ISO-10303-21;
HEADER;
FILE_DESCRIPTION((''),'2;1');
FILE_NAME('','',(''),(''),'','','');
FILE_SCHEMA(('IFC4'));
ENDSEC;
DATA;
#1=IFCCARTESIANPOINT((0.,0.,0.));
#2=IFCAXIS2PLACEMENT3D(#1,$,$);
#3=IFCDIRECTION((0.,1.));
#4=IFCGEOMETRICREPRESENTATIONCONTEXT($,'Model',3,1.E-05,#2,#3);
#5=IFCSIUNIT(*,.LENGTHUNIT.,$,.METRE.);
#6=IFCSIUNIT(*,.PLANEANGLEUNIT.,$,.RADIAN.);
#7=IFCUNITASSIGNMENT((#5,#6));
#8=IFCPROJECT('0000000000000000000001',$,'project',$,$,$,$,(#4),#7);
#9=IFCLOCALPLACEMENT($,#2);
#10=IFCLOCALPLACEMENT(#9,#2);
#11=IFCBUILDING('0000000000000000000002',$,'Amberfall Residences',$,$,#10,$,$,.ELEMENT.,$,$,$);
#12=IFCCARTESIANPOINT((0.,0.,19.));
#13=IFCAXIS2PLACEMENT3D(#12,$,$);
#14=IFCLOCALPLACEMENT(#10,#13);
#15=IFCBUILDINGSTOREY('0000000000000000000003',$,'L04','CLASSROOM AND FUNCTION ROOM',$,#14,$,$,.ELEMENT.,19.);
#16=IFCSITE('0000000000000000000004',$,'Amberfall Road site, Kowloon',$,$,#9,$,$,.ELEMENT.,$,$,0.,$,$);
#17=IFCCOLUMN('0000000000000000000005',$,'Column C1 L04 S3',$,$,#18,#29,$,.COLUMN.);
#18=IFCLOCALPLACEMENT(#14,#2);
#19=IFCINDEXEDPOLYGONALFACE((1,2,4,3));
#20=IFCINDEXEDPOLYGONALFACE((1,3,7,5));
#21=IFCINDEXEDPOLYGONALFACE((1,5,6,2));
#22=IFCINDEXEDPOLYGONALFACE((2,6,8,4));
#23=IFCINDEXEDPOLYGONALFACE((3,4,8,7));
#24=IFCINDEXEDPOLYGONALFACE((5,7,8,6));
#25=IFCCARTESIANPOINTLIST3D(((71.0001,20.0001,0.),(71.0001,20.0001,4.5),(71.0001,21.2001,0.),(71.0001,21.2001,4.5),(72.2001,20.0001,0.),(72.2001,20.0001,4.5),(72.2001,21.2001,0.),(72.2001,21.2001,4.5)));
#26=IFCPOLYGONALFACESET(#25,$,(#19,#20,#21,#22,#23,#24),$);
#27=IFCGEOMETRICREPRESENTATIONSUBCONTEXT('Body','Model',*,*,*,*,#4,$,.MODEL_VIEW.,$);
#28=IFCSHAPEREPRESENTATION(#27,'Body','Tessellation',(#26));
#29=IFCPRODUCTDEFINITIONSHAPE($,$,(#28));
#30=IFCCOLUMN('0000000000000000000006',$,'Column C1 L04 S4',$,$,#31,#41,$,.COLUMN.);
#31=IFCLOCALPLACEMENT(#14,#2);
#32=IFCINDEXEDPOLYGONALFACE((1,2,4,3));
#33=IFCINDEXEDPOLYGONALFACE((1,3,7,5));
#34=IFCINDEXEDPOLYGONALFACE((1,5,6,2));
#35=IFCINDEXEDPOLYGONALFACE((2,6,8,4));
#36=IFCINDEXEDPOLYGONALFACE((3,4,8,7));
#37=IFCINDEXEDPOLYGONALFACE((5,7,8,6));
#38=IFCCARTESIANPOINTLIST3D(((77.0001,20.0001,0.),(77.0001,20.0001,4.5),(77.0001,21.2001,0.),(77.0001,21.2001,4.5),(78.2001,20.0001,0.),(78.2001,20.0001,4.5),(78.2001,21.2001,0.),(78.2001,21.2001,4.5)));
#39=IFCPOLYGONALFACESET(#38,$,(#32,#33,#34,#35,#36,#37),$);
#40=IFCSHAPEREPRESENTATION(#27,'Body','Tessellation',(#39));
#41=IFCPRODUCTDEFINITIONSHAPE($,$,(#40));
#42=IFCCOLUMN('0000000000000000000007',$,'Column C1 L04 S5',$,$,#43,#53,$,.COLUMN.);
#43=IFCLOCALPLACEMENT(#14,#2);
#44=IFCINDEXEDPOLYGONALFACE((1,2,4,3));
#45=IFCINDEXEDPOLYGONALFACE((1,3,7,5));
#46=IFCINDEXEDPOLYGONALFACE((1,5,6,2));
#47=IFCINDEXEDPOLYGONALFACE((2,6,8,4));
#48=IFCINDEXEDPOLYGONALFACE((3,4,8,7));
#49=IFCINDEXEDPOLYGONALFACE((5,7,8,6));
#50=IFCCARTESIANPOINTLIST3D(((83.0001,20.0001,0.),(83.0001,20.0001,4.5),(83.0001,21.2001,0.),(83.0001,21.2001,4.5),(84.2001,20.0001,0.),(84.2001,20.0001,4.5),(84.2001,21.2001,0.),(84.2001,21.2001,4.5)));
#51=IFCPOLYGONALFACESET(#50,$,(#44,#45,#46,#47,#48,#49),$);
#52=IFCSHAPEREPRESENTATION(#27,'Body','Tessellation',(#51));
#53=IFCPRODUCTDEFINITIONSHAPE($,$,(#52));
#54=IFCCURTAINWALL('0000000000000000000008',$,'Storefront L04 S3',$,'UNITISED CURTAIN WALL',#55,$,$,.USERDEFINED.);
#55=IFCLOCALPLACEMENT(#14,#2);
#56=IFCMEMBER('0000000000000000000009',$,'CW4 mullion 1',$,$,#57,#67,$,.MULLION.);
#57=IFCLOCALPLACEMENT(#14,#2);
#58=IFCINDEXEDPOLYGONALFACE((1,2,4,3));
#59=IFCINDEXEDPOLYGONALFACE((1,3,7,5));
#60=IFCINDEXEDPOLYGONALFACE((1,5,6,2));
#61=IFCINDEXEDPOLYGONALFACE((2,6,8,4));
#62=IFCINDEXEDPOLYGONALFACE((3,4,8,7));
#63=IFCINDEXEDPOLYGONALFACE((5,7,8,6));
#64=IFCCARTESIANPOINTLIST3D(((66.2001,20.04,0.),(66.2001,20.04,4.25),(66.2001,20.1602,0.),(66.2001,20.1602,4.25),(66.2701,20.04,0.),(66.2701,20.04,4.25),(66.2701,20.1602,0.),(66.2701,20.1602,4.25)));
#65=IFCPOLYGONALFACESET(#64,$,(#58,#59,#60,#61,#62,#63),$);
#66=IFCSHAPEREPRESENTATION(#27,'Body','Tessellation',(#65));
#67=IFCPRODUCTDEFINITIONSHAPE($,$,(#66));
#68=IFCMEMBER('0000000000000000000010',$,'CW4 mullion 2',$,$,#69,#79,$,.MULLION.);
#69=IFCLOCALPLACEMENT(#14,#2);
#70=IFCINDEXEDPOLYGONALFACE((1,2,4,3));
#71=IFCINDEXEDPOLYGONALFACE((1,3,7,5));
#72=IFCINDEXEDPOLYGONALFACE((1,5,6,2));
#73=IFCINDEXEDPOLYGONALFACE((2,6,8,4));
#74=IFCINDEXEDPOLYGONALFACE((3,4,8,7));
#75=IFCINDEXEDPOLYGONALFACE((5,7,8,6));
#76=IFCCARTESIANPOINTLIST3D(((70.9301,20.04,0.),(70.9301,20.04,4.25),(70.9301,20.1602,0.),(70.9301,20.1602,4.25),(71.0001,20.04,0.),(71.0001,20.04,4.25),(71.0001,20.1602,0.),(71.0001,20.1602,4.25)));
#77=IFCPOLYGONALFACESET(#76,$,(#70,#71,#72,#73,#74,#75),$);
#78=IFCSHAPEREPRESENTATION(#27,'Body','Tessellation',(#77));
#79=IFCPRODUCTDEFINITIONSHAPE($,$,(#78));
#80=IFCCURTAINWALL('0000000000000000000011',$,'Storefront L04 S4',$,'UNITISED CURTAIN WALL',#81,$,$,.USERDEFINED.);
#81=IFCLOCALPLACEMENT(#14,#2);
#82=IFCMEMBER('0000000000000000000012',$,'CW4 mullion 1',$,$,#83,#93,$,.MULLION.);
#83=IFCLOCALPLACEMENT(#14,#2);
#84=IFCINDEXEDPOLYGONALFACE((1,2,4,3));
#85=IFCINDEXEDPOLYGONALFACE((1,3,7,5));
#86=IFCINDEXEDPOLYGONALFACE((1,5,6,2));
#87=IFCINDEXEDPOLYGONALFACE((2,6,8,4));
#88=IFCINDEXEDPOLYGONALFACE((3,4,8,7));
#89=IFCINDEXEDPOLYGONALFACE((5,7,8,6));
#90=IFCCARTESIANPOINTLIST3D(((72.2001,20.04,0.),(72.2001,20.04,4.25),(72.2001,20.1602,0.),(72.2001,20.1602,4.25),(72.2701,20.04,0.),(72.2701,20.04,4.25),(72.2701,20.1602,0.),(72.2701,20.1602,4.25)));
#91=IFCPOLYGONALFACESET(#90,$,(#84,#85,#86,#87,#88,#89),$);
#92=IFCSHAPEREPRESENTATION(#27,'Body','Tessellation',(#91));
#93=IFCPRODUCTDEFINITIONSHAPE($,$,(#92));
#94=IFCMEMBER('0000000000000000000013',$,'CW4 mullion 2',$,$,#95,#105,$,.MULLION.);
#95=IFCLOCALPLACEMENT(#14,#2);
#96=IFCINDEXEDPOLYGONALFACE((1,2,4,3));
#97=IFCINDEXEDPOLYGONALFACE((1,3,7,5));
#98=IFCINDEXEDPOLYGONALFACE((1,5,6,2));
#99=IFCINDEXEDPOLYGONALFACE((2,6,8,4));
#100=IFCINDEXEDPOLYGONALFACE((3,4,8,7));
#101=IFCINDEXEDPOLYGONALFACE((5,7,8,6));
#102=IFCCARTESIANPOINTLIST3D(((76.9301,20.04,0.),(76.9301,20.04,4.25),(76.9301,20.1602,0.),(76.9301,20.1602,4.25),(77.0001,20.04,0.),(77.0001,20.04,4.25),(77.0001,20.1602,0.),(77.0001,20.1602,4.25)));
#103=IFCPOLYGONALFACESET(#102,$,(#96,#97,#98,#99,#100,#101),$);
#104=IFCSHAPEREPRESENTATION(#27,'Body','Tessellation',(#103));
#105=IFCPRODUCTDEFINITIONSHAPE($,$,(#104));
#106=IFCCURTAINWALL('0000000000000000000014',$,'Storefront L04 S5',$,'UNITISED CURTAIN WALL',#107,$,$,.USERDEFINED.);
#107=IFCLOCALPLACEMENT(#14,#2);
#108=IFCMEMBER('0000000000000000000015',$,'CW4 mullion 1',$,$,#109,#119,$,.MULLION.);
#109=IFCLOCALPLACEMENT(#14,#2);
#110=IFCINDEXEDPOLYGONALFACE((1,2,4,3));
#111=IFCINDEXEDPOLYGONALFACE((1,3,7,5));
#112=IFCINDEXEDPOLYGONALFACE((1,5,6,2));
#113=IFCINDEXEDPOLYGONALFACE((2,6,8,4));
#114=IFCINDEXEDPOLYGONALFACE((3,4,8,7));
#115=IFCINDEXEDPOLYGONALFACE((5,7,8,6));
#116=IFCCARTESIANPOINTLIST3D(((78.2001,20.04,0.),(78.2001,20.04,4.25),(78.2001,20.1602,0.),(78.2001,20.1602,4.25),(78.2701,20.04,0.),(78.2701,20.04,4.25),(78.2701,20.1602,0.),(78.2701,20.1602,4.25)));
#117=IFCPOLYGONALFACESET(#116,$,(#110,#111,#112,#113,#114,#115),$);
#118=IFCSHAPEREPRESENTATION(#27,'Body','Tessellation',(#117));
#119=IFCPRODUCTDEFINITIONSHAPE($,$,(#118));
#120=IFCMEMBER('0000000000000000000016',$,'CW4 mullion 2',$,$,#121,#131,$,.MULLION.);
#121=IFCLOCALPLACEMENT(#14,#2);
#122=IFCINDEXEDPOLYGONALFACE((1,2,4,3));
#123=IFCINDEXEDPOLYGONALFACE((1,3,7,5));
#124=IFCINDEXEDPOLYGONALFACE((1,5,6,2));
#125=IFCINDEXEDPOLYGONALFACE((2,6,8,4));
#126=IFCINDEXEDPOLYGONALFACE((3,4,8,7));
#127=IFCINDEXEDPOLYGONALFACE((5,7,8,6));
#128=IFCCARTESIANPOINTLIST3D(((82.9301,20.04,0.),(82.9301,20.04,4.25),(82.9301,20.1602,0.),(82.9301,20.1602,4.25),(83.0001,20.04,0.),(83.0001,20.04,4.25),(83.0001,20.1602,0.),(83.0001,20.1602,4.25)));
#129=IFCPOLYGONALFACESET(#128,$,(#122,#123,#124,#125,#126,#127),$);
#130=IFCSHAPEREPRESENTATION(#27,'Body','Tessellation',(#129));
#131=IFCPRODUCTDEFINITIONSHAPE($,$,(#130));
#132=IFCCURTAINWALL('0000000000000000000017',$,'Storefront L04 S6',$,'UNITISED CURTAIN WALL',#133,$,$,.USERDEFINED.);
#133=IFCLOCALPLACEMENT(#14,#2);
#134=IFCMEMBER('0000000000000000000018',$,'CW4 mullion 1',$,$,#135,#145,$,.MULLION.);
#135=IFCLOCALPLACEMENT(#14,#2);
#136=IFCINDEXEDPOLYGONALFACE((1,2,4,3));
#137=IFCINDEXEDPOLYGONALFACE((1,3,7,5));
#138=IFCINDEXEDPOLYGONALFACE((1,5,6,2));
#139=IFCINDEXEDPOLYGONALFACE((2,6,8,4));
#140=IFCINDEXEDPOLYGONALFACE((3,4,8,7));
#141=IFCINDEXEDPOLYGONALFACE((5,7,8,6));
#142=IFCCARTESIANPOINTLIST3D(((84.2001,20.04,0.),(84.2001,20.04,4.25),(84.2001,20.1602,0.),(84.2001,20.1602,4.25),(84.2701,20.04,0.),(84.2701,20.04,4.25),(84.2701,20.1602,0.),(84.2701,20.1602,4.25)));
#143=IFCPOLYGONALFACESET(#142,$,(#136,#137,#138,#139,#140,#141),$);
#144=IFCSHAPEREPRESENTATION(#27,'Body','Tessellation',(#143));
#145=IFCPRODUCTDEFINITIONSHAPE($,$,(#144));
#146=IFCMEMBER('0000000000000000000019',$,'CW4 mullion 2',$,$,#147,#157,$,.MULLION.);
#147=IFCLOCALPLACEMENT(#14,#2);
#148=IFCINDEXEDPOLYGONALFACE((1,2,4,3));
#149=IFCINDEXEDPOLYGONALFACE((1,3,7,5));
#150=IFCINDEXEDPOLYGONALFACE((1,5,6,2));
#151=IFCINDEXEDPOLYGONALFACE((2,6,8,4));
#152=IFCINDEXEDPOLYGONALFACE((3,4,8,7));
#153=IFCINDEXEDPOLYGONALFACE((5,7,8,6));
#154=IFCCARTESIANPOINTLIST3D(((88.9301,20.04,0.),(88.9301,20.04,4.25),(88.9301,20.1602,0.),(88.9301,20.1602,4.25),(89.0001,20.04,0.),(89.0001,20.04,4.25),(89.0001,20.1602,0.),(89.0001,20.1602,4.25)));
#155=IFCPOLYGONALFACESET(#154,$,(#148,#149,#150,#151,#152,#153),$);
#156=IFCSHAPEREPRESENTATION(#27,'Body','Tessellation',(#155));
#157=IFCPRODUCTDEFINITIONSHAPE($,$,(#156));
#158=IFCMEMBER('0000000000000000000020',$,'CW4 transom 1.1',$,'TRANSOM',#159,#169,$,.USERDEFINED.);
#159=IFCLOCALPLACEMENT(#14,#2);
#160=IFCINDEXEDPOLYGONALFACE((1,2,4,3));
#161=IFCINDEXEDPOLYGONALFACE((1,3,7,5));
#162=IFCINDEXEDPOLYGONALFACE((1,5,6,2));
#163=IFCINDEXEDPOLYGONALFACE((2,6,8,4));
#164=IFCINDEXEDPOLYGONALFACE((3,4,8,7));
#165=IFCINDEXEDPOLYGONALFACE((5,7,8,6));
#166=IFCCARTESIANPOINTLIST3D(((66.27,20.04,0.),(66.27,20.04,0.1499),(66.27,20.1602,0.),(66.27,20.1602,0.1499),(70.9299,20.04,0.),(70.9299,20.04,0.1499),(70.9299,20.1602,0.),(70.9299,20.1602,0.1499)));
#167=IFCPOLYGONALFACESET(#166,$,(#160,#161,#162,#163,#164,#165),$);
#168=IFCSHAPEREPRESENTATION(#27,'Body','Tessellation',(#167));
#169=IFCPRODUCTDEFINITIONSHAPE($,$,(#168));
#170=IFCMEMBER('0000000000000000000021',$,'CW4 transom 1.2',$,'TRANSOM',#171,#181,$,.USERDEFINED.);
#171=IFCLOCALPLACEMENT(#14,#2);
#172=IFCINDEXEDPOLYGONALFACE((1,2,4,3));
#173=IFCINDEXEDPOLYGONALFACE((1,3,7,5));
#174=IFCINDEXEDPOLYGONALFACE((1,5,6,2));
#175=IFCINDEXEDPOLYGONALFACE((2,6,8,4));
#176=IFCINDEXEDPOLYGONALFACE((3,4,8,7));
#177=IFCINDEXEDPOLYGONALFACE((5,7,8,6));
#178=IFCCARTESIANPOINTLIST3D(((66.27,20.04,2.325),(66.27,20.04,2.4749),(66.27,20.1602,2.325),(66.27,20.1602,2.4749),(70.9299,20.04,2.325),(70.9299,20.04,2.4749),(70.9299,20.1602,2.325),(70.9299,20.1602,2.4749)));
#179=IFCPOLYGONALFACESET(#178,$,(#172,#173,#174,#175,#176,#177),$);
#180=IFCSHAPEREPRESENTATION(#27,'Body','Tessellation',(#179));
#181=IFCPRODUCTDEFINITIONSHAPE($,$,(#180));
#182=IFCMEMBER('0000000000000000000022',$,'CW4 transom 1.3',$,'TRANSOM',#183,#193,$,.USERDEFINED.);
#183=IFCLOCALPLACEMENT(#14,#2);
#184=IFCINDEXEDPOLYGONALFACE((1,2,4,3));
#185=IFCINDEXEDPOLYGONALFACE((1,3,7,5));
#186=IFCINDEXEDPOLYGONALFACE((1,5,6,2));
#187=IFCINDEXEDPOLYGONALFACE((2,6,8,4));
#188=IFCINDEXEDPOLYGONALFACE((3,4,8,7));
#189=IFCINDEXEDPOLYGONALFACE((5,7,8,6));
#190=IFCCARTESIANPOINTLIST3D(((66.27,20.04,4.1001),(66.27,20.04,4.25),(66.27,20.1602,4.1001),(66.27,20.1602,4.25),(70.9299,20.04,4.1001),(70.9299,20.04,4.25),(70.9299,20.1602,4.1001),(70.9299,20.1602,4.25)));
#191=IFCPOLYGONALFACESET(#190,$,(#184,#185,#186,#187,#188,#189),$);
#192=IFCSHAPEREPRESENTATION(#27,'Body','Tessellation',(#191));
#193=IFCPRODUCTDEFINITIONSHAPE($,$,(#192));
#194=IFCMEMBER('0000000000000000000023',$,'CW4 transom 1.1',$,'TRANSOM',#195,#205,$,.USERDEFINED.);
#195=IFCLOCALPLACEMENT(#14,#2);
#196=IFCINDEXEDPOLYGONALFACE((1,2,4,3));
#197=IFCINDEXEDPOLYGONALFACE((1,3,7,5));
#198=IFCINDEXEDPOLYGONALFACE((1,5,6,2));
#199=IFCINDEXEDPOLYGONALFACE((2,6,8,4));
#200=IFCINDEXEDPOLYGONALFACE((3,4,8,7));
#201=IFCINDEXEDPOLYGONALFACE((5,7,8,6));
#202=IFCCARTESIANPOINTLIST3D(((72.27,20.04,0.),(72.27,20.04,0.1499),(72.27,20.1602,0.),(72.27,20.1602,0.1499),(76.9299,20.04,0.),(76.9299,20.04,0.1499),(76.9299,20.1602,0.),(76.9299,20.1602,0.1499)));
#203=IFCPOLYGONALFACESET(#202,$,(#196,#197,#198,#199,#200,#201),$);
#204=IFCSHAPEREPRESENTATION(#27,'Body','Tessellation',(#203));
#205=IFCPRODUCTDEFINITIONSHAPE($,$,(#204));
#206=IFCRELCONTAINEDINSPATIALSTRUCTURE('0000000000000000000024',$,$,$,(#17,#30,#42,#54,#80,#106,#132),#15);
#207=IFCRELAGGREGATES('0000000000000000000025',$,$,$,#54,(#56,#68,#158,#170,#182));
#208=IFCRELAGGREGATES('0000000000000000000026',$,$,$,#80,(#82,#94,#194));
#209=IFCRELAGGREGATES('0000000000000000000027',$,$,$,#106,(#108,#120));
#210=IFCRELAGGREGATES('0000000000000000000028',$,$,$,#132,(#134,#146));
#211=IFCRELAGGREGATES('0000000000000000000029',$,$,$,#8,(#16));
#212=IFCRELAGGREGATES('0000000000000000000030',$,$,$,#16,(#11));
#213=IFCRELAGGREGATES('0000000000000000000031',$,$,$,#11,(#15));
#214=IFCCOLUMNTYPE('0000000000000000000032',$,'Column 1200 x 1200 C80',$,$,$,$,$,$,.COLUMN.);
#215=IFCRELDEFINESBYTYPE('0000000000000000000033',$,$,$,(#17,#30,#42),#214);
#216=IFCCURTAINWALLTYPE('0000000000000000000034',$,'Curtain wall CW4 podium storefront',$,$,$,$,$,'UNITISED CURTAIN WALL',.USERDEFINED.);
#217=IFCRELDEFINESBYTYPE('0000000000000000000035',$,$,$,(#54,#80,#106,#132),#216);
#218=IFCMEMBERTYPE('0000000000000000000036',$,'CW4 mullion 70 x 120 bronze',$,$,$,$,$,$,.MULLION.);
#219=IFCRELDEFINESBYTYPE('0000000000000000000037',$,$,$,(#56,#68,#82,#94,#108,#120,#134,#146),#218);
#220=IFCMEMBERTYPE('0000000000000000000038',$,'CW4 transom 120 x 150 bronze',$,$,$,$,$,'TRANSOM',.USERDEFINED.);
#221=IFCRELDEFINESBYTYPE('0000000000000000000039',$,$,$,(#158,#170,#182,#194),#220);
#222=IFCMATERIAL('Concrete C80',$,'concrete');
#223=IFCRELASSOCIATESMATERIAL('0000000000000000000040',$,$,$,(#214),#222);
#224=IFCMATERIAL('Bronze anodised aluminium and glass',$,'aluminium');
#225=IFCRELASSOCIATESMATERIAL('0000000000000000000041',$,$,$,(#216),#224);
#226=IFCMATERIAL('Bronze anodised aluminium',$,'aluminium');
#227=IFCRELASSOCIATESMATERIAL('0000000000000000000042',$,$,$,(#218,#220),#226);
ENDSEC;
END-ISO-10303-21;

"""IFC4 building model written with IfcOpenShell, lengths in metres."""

from ifc_helpers import new_model, si_unit, direction, frame, origin, origin_2d, place, context, subcontext, project, spatial, rectangle, extrude, material, material_profile, profile_set, type_object, element, aggregate, save


model = new_model("IFC4")

# Units and contexts
model_context = context("Model", 3, precision=1e-05, world=origin(), true_north=direction((0.0, 1.0)))
body_context = subcontext(model_context, "Body", "Model", "MODEL_VIEW")
ifc_project = project(units=[si_unit("LENGTHUNIT", "METRE"), si_unit("PLANEANGLEUNIT", "RADIAN")], contexts=[model_context])

# Site, building, storey
site_placement = place(None, origin())
site = spatial("IfcSite", under=ifc_project, at=site_placement, Name="Amberfall Road site, Kowloon", CompositionType="ELEMENT", RefElevation=0.0)
building_placement = place(site_placement, origin())
building = spatial("IfcBuilding", under=site, at=building_placement, Name="Amberfall Residences", CompositionType="ELEMENT")
storey_placement = place(building_placement, frame((0.0, 0.0, 19.0)))
storey = spatial("IfcBuildingStorey", under=building, at=storey_placement, Name="L04", Description="CLASSROOM AND FUNCTION ROOM", CompositionType="ELEMENT", Elevation=19.0)

# Columns
ifc_material_1 = material(Name="Concrete C80", Category="concrete")
ifc_material_profile_1 = material_profile(ifc_material_1, rectangle(XDim=1.2, YDim=1.2, at=origin_2d()), Name="Column 1200 x 1200 C80")
ifc_profile_set_1 = profile_set([ifc_material_profile_1], Name="Concrete C80")
column_type = type_object("IfcColumnType", Name="Column 1200 x 1200 C80", PredefinedType="COLUMN", material=ifc_profile_set_1)
for number, where, z_axis, x_axis, name in (
    (1, (71.6001, 20.6001, 0.0), (0.0, 0.0, 1.0), (1.0, 0.0, 0.0), "Column C1 L04 S3"),
    (2, (77.6001, 20.6001, 0.0), (0.0, 0.0, 1.0), (1.0, 0.0, 0.0), "Column C1 L04 S4"),
    (3, (83.6001, 20.6001, 0.0), (0.0, 0.0, 1.0), (1.0, 0.0, 0.0), "Column C1 L04 S5"),
):
    element("IfcColumn", number, at=place(storey_placement, frame(where, z_axis=z_axis, x_axis=x_axis)), inside=storey, type_object=column_type, Name=name, PredefinedType="COLUMN", context=body_context, shape_type="SweptSolid", body=[
        extrude(rectangle(XDim=1.2, YDim=1.2, at=origin_2d()), origin(), (0.0, 0.0, 1.0), 4.5),
    ])

# Curtain walls, members
ifc_material_2 = material(Name="Bronze anodised aluminium and glass", Category="aluminium")
curtain_wall_type = type_object("IfcCurtainWallType", Name="Curtain wall CW4 podium storefront", ElementType="UNITISED CURTAIN WALL", PredefinedType="USERDEFINED", material=ifc_material_2)
curtain_wall_1_placement = place(storey_placement, origin())
curtain_wall_1 = element("IfcCurtainWall", 4, at=curtain_wall_1_placement, inside=storey, type_object=curtain_wall_type, Name="Storefront L04 S3", ObjectType="UNITISED CURTAIN WALL", PredefinedType="USERDEFINED")
ifc_material_3 = material(Name="Bronze anodised aluminium", Category="aluminium")
ifc_material_profile_2 = material_profile(ifc_material_3, rectangle(XDim=0.1201, YDim=0.0701, at=origin_2d()), Name="CW4 mullion 70 x 120 bronze")
ifc_profile_set_2 = profile_set([ifc_material_profile_2], Name="Bronze anodised aluminium")
member_type_1 = type_object("IfcMemberType", Name="CW4 mullion 70 x 120 bronze", PredefinedType="MULLION", material=ifc_profile_set_2)
member_1_placement = place(storey_placement, frame((66.2351, 20.1001, 0.0), z_axis=(0.0, 0.0, 1.0), x_axis=(0.0, 1.0, 0.0)))
member_1 = element("IfcMember", 5, at=member_1_placement, type_object=member_type_1, Name="CW4 mullion 1", PredefinedType="MULLION", context=body_context, shape_type="SweptSolid", body=[
    extrude(rectangle(XDim=0.1201, YDim=0.0701, at=origin_2d()), origin(), (0.0, 0.0, 1.0), 4.25),
])
member_2_placement = place(storey_placement, frame((70.9651, 20.1001, 0.0), z_axis=(0.0, 0.0, 1.0), x_axis=(0.0, 1.0, 0.0)))
member_2 = element("IfcMember", 6, at=member_2_placement, type_object=member_type_1, Name="CW4 mullion 2", PredefinedType="MULLION", context=body_context, shape_type="SweptSolid", body=[
    extrude(rectangle(XDim=0.1201, YDim=0.0701, at=origin_2d()), origin(), (0.0, 0.0, 1.0), 4.25),
])
curtain_wall_2_placement = place(storey_placement, origin())
curtain_wall_2 = element("IfcCurtainWall", 7, at=curtain_wall_2_placement, inside=storey, type_object=curtain_wall_type, Name="Storefront L04 S4", ObjectType="UNITISED CURTAIN WALL", PredefinedType="USERDEFINED")
member_3_placement = place(storey_placement, frame((72.2351, 20.1001, 0.0), z_axis=(0.0, 0.0, 1.0), x_axis=(0.0, 1.0, 0.0)))
member_3 = element("IfcMember", 8, at=member_3_placement, type_object=member_type_1, Name="CW4 mullion 1", PredefinedType="MULLION", context=body_context, shape_type="SweptSolid", body=[
    extrude(rectangle(XDim=0.1201, YDim=0.0701, at=origin_2d()), origin(), (0.0, 0.0, 1.0), 4.25),
])
member_4_placement = place(storey_placement, frame((76.9651, 20.1001, 0.0), z_axis=(0.0, 0.0, 1.0), x_axis=(0.0, 1.0, 0.0)))
member_4 = element("IfcMember", 9, at=member_4_placement, type_object=member_type_1, Name="CW4 mullion 2", PredefinedType="MULLION", context=body_context, shape_type="SweptSolid", body=[
    extrude(rectangle(XDim=0.1201, YDim=0.0701, at=origin_2d()), origin(), (0.0, 0.0, 1.0), 4.25),
])
curtain_wall_3_placement = place(storey_placement, origin())
curtain_wall_3 = element("IfcCurtainWall", 10, at=curtain_wall_3_placement, inside=storey, type_object=curtain_wall_type, Name="Storefront L04 S5", ObjectType="UNITISED CURTAIN WALL", PredefinedType="USERDEFINED")
member_5_placement = place(storey_placement, frame((78.2351, 20.1001, 0.0), z_axis=(0.0, 0.0, 1.0), x_axis=(0.0, 1.0, 0.0)))
member_5 = element("IfcMember", 11, at=member_5_placement, type_object=member_type_1, Name="CW4 mullion 1", PredefinedType="MULLION", context=body_context, shape_type="SweptSolid", body=[
    extrude(rectangle(XDim=0.1201, YDim=0.0701, at=origin_2d()), origin(), (0.0, 0.0, 1.0), 4.25),
])
member_6_placement = place(storey_placement, frame((82.9651, 20.1001, 0.0), z_axis=(0.0, 0.0, 1.0), x_axis=(0.0, 1.0, 0.0)))
member_6 = element("IfcMember", 12, at=member_6_placement, type_object=member_type_1, Name="CW4 mullion 2", PredefinedType="MULLION", context=body_context, shape_type="SweptSolid", body=[
    extrude(rectangle(XDim=0.1201, YDim=0.0701, at=origin_2d()), origin(), (0.0, 0.0, 1.0), 4.25),
])
curtain_wall_4_placement = place(storey_placement, origin())
curtain_wall_4 = element("IfcCurtainWall", 13, at=curtain_wall_4_placement, inside=storey, type_object=curtain_wall_type, Name="Storefront L04 S6", ObjectType="UNITISED CURTAIN WALL", PredefinedType="USERDEFINED")
member_7_placement = place(storey_placement, frame((84.2351, 20.1001, 0.0), z_axis=(0.0, 0.0, 1.0), x_axis=(0.0, 1.0, 0.0)))
member_7 = element("IfcMember", 14, at=member_7_placement, type_object=member_type_1, Name="CW4 mullion 1", PredefinedType="MULLION", context=body_context, shape_type="SweptSolid", body=[
    extrude(rectangle(XDim=0.1201, YDim=0.0701, at=origin_2d()), origin(), (0.0, 0.0, 1.0), 4.25),
])
member_8_placement = place(storey_placement, frame((88.9651, 20.1001, 0.0), z_axis=(0.0, 0.0, 1.0), x_axis=(0.0, 1.0, 0.0)))
member_8 = element("IfcMember", 15, at=member_8_placement, type_object=member_type_1, Name="CW4 mullion 2", PredefinedType="MULLION", context=body_context, shape_type="SweptSolid", body=[
    extrude(rectangle(XDim=0.1201, YDim=0.0701, at=origin_2d()), origin(), (0.0, 0.0, 1.0), 4.25),
])

# Members
ifc_material_profile_3 = material_profile(ifc_material_3, rectangle(XDim=0.1201, YDim=0.1499, at=origin_2d()), Name="CW4 transom 120 x 150 bronze")
ifc_profile_set_3 = profile_set([ifc_material_profile_3], Name="Bronze anodised aluminium")
member_type_2 = type_object("IfcMemberType", Name="CW4 transom 120 x 150 bronze", ElementType="TRANSOM", PredefinedType="USERDEFINED", material=ifc_profile_set_3)
member_9_placement = place(storey_placement, frame((66.27, 20.1001, 0.075), z_axis=(1.0, 0.0, 0.0), x_axis=(0.0, 1.0, 0.0)))
member_9 = element("IfcMember", 16, at=member_9_placement, type_object=member_type_2, Name="CW4 transom 1.1", ObjectType="TRANSOM", PredefinedType="USERDEFINED", context=body_context, shape_type="SweptSolid", body=[
    extrude(rectangle(XDim=0.1201, YDim=0.1499, at=origin_2d()), origin(), (0.0, 0.0, 1.0), 4.6599),
])
member_10_placement = place(storey_placement, frame((66.27, 20.1001, 2.3999), z_axis=(1.0, 0.0, 0.0), x_axis=(0.0, 1.0, 0.0)))
member_10 = element("IfcMember", 17, at=member_10_placement, type_object=member_type_2, Name="CW4 transom 1.2", ObjectType="TRANSOM", PredefinedType="USERDEFINED", context=body_context, shape_type="SweptSolid", body=[
    extrude(rectangle(XDim=0.1201, YDim=0.1499, at=origin_2d()), origin(), (0.0, 0.0, 1.0), 4.6599),
])
member_11_placement = place(storey_placement, frame((66.27, 20.1001, 4.175), z_axis=(1.0, 0.0, 0.0), x_axis=(0.0, 1.0, 0.0)))
member_11 = element("IfcMember", 18, at=member_11_placement, type_object=member_type_2, Name="CW4 transom 1.3", ObjectType="TRANSOM", PredefinedType="USERDEFINED", context=body_context, shape_type="SweptSolid", body=[
    extrude(rectangle(XDim=0.1201, YDim=0.1499, at=origin_2d()), origin(), (0.0, 0.0, 1.0), 4.6599),
])
member_12_placement = place(storey_placement, frame((72.27, 20.1001, 0.075), z_axis=(1.0, 0.0, 0.0), x_axis=(0.0, 1.0, 0.0)))
member_12 = element("IfcMember", 19, at=member_12_placement, type_object=member_type_2, Name="CW4 transom 1.1", ObjectType="TRANSOM", PredefinedType="USERDEFINED", context=body_context, shape_type="SweptSolid", body=[
    extrude(rectangle(XDim=0.1201, YDim=0.1499, at=origin_2d()), origin(), (0.0, 0.0, 1.0), 4.6599),
])

aggregate(curtain_wall_1, [member_1, member_2, member_9, member_10, member_11])
aggregate(curtain_wall_2, [member_3, member_4, member_12])
aggregate(curtain_wall_3, [member_5, member_6])
aggregate(curtain_wall_4, [member_7, member_8])

save(model, "model.ifc")
